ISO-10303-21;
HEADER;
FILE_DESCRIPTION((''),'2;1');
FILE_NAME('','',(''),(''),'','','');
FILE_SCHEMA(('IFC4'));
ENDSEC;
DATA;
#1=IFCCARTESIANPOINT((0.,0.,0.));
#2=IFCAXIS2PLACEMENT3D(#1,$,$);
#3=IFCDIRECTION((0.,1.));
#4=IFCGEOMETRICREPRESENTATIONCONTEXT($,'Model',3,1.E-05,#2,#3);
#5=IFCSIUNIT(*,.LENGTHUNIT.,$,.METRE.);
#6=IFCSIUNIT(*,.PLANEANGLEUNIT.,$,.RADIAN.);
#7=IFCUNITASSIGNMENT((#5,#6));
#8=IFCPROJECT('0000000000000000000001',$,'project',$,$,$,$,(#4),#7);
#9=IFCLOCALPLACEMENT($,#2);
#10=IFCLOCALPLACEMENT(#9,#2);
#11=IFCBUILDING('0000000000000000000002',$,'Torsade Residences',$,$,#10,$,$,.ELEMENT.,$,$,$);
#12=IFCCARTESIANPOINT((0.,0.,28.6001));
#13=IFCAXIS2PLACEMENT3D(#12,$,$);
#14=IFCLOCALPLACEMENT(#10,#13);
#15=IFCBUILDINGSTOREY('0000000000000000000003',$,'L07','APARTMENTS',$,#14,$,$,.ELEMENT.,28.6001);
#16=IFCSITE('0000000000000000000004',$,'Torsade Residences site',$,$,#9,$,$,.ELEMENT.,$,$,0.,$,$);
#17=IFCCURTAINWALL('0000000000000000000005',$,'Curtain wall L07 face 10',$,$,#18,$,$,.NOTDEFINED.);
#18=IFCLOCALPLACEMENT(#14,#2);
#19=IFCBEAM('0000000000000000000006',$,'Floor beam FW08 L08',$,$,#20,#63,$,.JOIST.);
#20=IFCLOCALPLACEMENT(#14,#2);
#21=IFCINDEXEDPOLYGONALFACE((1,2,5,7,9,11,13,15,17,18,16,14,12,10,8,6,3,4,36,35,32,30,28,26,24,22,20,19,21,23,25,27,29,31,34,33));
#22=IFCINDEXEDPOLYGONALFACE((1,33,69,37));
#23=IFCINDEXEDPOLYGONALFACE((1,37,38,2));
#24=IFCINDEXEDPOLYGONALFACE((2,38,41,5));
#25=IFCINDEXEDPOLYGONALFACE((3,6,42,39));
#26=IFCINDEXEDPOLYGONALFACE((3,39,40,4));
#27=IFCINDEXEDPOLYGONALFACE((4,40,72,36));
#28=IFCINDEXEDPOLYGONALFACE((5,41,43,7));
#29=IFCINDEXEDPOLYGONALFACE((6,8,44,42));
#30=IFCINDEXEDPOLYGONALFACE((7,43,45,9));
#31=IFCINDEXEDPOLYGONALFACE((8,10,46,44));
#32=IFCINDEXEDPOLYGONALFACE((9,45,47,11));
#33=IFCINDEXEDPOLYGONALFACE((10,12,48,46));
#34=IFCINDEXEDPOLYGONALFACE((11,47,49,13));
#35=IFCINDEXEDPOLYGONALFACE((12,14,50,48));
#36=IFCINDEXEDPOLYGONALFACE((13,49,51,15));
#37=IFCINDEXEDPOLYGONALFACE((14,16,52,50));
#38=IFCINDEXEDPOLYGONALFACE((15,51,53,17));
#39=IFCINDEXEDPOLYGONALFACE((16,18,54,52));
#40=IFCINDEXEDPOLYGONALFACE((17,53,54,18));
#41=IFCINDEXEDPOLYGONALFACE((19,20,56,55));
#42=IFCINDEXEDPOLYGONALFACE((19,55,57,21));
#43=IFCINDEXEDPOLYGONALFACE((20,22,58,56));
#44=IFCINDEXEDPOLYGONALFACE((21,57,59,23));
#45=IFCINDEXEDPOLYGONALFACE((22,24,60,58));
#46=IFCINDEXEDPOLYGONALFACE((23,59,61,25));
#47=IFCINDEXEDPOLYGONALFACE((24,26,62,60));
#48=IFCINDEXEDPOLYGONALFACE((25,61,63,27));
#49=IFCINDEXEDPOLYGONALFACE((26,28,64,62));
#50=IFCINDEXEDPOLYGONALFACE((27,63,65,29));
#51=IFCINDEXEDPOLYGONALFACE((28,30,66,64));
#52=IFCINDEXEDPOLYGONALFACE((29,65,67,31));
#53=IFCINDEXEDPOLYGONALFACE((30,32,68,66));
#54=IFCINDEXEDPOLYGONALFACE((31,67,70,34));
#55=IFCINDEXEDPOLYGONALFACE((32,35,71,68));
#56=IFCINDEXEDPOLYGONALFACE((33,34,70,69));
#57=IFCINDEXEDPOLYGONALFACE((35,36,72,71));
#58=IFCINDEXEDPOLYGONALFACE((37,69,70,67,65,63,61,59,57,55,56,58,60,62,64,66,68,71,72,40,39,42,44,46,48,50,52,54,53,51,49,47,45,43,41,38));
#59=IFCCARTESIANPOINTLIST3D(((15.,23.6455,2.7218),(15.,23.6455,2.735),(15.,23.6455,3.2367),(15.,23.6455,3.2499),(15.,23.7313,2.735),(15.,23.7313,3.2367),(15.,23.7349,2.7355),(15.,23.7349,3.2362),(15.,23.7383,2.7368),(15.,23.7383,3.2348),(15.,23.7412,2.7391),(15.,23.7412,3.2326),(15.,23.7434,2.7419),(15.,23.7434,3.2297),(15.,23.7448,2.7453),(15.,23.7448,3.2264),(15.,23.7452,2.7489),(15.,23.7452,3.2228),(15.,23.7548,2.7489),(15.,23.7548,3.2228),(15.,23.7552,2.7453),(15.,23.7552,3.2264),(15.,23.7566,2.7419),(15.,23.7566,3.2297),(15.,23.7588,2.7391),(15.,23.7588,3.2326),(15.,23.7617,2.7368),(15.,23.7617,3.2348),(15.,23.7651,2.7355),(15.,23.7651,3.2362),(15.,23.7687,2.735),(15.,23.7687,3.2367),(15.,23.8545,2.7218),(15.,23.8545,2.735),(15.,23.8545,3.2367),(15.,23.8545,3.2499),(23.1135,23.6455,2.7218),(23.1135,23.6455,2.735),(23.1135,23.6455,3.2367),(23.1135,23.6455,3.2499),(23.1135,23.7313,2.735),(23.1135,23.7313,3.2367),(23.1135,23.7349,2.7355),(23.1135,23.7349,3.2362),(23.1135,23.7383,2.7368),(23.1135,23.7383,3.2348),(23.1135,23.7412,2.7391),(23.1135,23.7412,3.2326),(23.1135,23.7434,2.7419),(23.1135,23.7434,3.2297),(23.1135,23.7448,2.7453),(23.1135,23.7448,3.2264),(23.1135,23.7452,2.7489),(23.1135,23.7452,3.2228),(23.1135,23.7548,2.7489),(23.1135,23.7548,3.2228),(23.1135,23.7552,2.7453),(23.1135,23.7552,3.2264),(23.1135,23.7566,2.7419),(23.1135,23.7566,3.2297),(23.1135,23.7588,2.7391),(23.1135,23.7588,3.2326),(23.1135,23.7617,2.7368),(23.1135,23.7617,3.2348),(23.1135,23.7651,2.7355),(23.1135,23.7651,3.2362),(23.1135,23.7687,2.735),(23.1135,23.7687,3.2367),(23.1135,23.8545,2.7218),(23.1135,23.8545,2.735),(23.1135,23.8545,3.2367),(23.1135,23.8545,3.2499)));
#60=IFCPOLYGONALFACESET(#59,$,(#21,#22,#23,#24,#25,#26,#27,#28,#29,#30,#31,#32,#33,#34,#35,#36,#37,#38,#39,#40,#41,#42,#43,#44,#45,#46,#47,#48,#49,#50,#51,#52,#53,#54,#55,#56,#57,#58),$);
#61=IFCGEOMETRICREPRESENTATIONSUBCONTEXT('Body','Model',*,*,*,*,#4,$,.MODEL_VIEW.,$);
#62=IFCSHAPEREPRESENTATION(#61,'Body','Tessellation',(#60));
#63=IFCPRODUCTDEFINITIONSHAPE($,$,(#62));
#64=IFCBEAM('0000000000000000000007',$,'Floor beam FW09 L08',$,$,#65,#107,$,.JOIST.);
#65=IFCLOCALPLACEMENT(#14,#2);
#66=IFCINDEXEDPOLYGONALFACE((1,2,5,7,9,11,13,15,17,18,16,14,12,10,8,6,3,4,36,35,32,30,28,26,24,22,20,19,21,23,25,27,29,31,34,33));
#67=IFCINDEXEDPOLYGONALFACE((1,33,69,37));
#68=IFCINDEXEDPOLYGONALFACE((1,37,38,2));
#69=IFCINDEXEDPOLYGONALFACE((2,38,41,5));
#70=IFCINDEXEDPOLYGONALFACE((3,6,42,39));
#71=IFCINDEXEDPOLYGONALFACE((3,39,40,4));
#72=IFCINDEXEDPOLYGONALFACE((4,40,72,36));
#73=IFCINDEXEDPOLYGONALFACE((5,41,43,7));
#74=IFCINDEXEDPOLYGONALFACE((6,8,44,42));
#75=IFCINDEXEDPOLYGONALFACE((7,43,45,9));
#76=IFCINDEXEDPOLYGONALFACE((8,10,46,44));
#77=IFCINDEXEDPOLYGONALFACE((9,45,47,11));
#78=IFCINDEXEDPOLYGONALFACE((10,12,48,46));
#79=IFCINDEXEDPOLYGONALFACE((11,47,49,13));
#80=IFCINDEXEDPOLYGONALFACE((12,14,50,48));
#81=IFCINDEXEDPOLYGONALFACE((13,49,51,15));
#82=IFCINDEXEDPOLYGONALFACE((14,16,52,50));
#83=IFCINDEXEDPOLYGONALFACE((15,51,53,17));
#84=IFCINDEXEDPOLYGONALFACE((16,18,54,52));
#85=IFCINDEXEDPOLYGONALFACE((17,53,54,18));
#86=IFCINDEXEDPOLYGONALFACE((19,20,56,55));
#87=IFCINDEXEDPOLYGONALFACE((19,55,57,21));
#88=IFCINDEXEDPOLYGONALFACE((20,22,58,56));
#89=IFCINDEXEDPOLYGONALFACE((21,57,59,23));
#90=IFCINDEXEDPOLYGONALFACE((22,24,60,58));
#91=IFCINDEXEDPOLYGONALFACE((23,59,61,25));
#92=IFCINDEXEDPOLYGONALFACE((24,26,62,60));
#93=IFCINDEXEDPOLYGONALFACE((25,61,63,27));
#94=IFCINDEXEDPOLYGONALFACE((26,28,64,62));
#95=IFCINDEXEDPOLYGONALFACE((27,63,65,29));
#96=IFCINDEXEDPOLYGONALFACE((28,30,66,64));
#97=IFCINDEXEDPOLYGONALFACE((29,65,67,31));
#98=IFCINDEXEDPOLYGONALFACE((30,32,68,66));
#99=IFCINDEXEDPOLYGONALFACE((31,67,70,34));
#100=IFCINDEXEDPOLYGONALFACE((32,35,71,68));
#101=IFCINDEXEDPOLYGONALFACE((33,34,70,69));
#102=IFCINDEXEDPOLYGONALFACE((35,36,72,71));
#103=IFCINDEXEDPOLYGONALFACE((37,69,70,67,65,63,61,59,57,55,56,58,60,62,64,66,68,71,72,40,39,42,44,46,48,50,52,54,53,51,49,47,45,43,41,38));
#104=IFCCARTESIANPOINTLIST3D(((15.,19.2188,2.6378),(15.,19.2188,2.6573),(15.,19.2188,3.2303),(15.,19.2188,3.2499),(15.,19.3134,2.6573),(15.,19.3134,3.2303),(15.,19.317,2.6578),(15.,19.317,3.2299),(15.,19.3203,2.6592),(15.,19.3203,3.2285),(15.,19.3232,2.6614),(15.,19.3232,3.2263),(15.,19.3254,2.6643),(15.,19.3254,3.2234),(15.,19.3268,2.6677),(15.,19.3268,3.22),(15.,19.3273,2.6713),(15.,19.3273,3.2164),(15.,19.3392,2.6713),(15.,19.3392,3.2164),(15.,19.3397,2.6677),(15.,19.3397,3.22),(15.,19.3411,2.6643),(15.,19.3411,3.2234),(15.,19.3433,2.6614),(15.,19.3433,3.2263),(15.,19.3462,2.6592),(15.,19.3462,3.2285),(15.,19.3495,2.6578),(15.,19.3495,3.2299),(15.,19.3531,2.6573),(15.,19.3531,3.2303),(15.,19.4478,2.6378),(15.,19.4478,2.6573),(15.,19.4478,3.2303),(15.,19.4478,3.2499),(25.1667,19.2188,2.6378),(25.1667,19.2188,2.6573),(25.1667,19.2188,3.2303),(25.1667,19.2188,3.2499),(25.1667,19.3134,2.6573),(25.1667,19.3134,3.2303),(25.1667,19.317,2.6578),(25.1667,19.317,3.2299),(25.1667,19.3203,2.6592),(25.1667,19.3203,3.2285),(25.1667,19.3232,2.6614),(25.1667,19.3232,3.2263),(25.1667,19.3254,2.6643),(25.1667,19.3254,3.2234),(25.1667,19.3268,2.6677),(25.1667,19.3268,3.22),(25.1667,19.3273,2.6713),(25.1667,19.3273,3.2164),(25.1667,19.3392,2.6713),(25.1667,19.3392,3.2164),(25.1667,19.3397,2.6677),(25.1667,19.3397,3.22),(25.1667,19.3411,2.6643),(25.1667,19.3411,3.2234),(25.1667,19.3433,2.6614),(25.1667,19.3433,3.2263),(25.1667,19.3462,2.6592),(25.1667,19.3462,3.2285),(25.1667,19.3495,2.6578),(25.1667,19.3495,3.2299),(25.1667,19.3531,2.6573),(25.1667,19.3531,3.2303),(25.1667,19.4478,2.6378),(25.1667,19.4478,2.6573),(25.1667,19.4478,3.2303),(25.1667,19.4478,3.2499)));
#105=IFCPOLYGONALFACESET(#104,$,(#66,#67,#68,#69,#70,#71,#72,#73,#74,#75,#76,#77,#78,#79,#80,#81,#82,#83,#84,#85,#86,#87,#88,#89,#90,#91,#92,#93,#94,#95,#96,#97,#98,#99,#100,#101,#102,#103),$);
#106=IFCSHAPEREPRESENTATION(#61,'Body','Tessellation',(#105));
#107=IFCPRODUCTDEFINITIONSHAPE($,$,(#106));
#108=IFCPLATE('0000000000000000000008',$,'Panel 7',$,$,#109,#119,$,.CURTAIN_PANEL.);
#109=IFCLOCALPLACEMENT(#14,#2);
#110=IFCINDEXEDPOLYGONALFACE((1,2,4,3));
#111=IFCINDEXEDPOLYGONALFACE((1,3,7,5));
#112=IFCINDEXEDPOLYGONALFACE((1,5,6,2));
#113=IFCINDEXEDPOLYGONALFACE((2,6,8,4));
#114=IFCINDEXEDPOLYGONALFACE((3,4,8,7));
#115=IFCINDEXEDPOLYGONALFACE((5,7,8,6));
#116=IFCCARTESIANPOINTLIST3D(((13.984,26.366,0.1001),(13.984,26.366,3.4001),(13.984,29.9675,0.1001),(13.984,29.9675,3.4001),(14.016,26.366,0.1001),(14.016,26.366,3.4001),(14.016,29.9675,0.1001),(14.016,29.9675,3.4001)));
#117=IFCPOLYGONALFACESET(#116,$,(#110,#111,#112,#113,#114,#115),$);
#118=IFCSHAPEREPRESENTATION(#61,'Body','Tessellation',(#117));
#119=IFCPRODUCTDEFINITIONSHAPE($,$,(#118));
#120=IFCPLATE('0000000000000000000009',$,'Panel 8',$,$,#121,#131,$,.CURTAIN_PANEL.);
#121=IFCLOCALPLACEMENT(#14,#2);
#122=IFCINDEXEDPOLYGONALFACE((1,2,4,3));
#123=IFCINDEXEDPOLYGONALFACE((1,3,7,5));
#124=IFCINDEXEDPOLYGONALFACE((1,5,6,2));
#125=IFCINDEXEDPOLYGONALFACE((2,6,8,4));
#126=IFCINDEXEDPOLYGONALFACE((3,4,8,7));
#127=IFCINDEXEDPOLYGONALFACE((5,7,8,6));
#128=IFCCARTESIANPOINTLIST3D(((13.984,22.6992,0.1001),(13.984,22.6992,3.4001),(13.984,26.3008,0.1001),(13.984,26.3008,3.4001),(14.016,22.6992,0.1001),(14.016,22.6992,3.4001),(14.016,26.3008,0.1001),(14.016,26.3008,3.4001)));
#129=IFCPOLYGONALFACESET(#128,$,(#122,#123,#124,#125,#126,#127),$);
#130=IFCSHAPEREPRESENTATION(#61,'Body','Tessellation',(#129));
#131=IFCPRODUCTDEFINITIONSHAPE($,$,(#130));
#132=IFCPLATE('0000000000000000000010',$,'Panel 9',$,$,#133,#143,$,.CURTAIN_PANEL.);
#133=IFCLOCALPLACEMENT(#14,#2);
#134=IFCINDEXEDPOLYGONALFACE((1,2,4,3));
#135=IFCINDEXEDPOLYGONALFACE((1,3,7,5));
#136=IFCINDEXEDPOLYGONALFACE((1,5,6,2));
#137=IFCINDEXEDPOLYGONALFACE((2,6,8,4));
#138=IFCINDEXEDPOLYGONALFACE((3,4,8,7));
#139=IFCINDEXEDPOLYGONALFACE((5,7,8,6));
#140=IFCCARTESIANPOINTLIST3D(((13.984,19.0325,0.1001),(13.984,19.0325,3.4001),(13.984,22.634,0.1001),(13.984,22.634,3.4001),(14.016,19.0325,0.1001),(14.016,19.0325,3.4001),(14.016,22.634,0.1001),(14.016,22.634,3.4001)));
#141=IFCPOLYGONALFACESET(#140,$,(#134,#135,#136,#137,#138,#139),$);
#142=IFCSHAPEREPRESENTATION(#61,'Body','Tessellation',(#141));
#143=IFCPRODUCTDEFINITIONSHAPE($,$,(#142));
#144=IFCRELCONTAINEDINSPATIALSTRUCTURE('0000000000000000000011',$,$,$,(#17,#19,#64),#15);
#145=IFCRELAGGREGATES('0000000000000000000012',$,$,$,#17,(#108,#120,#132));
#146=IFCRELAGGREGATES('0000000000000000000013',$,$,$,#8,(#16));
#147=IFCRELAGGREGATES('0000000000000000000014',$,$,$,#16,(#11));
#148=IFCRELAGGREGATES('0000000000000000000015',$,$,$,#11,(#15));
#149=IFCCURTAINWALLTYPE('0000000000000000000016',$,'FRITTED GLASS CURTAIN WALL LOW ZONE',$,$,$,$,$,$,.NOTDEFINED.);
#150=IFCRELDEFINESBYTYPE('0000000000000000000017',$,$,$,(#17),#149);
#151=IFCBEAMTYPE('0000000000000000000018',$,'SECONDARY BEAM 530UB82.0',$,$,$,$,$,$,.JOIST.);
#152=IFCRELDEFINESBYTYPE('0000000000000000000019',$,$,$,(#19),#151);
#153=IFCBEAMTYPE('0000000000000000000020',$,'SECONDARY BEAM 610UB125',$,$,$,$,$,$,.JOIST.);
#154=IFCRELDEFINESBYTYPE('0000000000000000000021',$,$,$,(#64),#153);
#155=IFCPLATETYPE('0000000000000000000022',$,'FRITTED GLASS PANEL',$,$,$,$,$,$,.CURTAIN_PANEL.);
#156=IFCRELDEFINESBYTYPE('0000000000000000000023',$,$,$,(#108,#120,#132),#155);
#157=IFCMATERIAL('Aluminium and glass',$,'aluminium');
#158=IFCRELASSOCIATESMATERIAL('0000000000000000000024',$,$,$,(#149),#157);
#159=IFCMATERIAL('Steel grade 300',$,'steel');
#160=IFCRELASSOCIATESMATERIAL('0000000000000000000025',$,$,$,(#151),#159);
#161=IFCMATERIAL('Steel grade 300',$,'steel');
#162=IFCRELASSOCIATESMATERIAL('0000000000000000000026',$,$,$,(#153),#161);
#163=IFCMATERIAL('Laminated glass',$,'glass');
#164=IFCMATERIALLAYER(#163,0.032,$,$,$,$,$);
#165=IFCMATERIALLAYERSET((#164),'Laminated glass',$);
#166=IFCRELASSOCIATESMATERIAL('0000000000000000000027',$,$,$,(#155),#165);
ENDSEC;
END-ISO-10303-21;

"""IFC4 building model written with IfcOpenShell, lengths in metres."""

from ifc_helpers import new_model, si_unit, direction, frame, origin, origin_2d, place, context, subcontext, project, spatial, rectangle, i_section, extrude, material, layer, layer_set, material_profile, profile_set, type_object, element, aggregate, save


model = new_model("IFC4")

# Units and contexts
model_context = context("Model", 3, precision=1e-05, world=origin(), true_north=direction((0.0, 1.0)))
body_context = subcontext(model_context, "Body", "Model", "MODEL_VIEW")
ifc_project = project(units=[si_unit("LENGTHUNIT", "METRE"), si_unit("PLANEANGLEUNIT", "RADIAN")], contexts=[model_context])

# Site, building, storey
site_placement = place(None, origin())
site = spatial("IfcSite", under=ifc_project, at=site_placement, Name="Torsade Residences site", CompositionType="ELEMENT", RefElevation=0.0)
building_placement = place(site_placement, origin())
building = spatial("IfcBuilding", under=site, at=building_placement, Name="Torsade Residences", CompositionType="ELEMENT")
storey_placement = place(building_placement, frame((0.0, 0.0, 28.6001)))
storey = spatial("IfcBuildingStorey", under=building, at=storey_placement, Name="L07", Description="APARTMENTS", CompositionType="ELEMENT", Elevation=28.6001)

# Curtain wall
ifc_material_1 = material(Name="Aluminium and glass", Category="aluminium")
curtain_wall_type = type_object("IfcCurtainWallType", Name="FRITTED GLASS CURTAIN WALL LOW ZONE", PredefinedType="NOTDEFINED", material=ifc_material_1)
curtain_wall_placement = place(storey_placement, origin())
curtain_wall = element("IfcCurtainWall", 1, at=curtain_wall_placement, inside=storey, type_object=curtain_wall_type, Name="Curtain wall L07 face 10", PredefinedType="NOTDEFINED")

# Beams
ifc_material_2 = material(Name="Steel grade 300", Category="steel")
ifc_material_profile_1 = material_profile(ifc_material_2, i_section(OverallWidth=0.209, OverallDepth=0.5281, WebThickness=0.0095, FlangeThickness=0.0132, FilletRadius=0.0139, at=origin_2d()), Name="530UB82.0")
ifc_profile_set_1 = profile_set([ifc_material_profile_1], Name="Steel grade 300")
beam_type_1 = type_object("IfcBeamType", Name="SECONDARY BEAM 530UB82.0", PredefinedType="JOIST", material=ifc_profile_set_1)
beam_1_placement = place(storey_placement, frame((15.0, 23.75, 2.9858), z_axis=(1.0, 0.0, 0.0), x_axis=(0.0, 1.0, 0.0)))
element("IfcBeam", 2, at=beam_1_placement, inside=storey, type_object=beam_type_1, Name="Floor beam FW08 L08", PredefinedType="JOIST", context=body_context, shape_type="SweptSolid", body=[
    extrude(i_section(OverallWidth=0.209, OverallDepth=0.5281, WebThickness=0.0095, FlangeThickness=0.0132, FilletRadius=0.0139, at=origin_2d()), origin(), (0.0, 0.0, 1.0), 8.1135),
])
ifc_material_3 = material(Name="Steel grade 300", Category="steel")
ifc_material_profile_2 = material_profile(ifc_material_3, i_section(OverallWidth=0.229, OverallDepth=0.6121, WebThickness=0.012, FlangeThickness=0.0195, FilletRadius=0.0139, at=origin_2d()), Name="610UB125")
ifc_profile_set_2 = profile_set([ifc_material_profile_2], Name="Steel grade 300")
beam_type_2 = type_object("IfcBeamType", Name="SECONDARY BEAM 610UB125", PredefinedType="JOIST", material=ifc_profile_set_2)
beam_2_placement = place(storey_placement, frame((15.0, 19.3333, 2.9438), z_axis=(1.0, 0.0, 0.0), x_axis=(0.0, 1.0, 0.0)))
element("IfcBeam", 3, at=beam_2_placement, inside=storey, type_object=beam_type_2, Name="Floor beam FW09 L08", PredefinedType="JOIST", context=body_context, shape_type="SweptSolid", body=[
    extrude(i_section(OverallWidth=0.229, OverallDepth=0.6121, WebThickness=0.012, FlangeThickness=0.0195, FilletRadius=0.0139, at=origin_2d()), origin(), (0.0, 0.0, 1.0), 10.1667),
])

# Plates
ifc_material_4 = material(Name="Laminated glass", Category="glass")
ifc_layer_1 = layer(ifc_material_4, 0.032)
ifc_layer_set_1 = layer_set([ifc_layer_1], Name="Laminated glass")
plate_type = type_object("IfcPlateType", Name="FRITTED GLASS PANEL", PredefinedType="CURTAIN_PANEL", material=ifc_layer_set_1)
plate_1_placement = place(storey_placement, frame((14.0, 28.1667, 0.1001), z_axis=(0.0, 0.0, 1.0), x_axis=(0.0, -1.0, 0.0)))
plate_1 = element("IfcPlate", 4, at=plate_1_placement, type_object=plate_type, Name="Panel 7", PredefinedType="CURTAIN_PANEL", context=body_context, shape_type="SweptSolid", body=[
    extrude(rectangle(XDim=3.6016, YDim=0.032, at=origin_2d()), origin(), (0.0, 0.0, 1.0), 3.3),
])
plate_2_placement = place(storey_placement, frame((14.0, 24.5, 0.1001), z_axis=(0.0, 0.0, 1.0), x_axis=(0.0, -1.0, 0.0)))
plate_2 = element("IfcPlate", 5, at=plate_2_placement, type_object=plate_type, Name="Panel 8", PredefinedType="CURTAIN_PANEL", context=body_context, shape_type="SweptSolid", body=[
    extrude(rectangle(XDim=3.6016, YDim=0.032, at=origin_2d()), origin(), (0.0, 0.0, 1.0), 3.3),
])
plate_3_placement = place(storey_placement, frame((14.0, 20.8333, 0.1001), z_axis=(0.0, 0.0, 1.0), x_axis=(0.0, -1.0, 0.0)))
plate_3 = element("IfcPlate", 6, at=plate_3_placement, type_object=plate_type, Name="Panel 9", PredefinedType="CURTAIN_PANEL", context=body_context, shape_type="SweptSolid", body=[
    extrude(rectangle(XDim=3.6016, YDim=0.032, at=origin_2d()), origin(), (0.0, 0.0, 1.0), 3.3),
])
aggregate(curtain_wall, [plate_1, plate_2, plate_3])

save(model, "model.ifc")
